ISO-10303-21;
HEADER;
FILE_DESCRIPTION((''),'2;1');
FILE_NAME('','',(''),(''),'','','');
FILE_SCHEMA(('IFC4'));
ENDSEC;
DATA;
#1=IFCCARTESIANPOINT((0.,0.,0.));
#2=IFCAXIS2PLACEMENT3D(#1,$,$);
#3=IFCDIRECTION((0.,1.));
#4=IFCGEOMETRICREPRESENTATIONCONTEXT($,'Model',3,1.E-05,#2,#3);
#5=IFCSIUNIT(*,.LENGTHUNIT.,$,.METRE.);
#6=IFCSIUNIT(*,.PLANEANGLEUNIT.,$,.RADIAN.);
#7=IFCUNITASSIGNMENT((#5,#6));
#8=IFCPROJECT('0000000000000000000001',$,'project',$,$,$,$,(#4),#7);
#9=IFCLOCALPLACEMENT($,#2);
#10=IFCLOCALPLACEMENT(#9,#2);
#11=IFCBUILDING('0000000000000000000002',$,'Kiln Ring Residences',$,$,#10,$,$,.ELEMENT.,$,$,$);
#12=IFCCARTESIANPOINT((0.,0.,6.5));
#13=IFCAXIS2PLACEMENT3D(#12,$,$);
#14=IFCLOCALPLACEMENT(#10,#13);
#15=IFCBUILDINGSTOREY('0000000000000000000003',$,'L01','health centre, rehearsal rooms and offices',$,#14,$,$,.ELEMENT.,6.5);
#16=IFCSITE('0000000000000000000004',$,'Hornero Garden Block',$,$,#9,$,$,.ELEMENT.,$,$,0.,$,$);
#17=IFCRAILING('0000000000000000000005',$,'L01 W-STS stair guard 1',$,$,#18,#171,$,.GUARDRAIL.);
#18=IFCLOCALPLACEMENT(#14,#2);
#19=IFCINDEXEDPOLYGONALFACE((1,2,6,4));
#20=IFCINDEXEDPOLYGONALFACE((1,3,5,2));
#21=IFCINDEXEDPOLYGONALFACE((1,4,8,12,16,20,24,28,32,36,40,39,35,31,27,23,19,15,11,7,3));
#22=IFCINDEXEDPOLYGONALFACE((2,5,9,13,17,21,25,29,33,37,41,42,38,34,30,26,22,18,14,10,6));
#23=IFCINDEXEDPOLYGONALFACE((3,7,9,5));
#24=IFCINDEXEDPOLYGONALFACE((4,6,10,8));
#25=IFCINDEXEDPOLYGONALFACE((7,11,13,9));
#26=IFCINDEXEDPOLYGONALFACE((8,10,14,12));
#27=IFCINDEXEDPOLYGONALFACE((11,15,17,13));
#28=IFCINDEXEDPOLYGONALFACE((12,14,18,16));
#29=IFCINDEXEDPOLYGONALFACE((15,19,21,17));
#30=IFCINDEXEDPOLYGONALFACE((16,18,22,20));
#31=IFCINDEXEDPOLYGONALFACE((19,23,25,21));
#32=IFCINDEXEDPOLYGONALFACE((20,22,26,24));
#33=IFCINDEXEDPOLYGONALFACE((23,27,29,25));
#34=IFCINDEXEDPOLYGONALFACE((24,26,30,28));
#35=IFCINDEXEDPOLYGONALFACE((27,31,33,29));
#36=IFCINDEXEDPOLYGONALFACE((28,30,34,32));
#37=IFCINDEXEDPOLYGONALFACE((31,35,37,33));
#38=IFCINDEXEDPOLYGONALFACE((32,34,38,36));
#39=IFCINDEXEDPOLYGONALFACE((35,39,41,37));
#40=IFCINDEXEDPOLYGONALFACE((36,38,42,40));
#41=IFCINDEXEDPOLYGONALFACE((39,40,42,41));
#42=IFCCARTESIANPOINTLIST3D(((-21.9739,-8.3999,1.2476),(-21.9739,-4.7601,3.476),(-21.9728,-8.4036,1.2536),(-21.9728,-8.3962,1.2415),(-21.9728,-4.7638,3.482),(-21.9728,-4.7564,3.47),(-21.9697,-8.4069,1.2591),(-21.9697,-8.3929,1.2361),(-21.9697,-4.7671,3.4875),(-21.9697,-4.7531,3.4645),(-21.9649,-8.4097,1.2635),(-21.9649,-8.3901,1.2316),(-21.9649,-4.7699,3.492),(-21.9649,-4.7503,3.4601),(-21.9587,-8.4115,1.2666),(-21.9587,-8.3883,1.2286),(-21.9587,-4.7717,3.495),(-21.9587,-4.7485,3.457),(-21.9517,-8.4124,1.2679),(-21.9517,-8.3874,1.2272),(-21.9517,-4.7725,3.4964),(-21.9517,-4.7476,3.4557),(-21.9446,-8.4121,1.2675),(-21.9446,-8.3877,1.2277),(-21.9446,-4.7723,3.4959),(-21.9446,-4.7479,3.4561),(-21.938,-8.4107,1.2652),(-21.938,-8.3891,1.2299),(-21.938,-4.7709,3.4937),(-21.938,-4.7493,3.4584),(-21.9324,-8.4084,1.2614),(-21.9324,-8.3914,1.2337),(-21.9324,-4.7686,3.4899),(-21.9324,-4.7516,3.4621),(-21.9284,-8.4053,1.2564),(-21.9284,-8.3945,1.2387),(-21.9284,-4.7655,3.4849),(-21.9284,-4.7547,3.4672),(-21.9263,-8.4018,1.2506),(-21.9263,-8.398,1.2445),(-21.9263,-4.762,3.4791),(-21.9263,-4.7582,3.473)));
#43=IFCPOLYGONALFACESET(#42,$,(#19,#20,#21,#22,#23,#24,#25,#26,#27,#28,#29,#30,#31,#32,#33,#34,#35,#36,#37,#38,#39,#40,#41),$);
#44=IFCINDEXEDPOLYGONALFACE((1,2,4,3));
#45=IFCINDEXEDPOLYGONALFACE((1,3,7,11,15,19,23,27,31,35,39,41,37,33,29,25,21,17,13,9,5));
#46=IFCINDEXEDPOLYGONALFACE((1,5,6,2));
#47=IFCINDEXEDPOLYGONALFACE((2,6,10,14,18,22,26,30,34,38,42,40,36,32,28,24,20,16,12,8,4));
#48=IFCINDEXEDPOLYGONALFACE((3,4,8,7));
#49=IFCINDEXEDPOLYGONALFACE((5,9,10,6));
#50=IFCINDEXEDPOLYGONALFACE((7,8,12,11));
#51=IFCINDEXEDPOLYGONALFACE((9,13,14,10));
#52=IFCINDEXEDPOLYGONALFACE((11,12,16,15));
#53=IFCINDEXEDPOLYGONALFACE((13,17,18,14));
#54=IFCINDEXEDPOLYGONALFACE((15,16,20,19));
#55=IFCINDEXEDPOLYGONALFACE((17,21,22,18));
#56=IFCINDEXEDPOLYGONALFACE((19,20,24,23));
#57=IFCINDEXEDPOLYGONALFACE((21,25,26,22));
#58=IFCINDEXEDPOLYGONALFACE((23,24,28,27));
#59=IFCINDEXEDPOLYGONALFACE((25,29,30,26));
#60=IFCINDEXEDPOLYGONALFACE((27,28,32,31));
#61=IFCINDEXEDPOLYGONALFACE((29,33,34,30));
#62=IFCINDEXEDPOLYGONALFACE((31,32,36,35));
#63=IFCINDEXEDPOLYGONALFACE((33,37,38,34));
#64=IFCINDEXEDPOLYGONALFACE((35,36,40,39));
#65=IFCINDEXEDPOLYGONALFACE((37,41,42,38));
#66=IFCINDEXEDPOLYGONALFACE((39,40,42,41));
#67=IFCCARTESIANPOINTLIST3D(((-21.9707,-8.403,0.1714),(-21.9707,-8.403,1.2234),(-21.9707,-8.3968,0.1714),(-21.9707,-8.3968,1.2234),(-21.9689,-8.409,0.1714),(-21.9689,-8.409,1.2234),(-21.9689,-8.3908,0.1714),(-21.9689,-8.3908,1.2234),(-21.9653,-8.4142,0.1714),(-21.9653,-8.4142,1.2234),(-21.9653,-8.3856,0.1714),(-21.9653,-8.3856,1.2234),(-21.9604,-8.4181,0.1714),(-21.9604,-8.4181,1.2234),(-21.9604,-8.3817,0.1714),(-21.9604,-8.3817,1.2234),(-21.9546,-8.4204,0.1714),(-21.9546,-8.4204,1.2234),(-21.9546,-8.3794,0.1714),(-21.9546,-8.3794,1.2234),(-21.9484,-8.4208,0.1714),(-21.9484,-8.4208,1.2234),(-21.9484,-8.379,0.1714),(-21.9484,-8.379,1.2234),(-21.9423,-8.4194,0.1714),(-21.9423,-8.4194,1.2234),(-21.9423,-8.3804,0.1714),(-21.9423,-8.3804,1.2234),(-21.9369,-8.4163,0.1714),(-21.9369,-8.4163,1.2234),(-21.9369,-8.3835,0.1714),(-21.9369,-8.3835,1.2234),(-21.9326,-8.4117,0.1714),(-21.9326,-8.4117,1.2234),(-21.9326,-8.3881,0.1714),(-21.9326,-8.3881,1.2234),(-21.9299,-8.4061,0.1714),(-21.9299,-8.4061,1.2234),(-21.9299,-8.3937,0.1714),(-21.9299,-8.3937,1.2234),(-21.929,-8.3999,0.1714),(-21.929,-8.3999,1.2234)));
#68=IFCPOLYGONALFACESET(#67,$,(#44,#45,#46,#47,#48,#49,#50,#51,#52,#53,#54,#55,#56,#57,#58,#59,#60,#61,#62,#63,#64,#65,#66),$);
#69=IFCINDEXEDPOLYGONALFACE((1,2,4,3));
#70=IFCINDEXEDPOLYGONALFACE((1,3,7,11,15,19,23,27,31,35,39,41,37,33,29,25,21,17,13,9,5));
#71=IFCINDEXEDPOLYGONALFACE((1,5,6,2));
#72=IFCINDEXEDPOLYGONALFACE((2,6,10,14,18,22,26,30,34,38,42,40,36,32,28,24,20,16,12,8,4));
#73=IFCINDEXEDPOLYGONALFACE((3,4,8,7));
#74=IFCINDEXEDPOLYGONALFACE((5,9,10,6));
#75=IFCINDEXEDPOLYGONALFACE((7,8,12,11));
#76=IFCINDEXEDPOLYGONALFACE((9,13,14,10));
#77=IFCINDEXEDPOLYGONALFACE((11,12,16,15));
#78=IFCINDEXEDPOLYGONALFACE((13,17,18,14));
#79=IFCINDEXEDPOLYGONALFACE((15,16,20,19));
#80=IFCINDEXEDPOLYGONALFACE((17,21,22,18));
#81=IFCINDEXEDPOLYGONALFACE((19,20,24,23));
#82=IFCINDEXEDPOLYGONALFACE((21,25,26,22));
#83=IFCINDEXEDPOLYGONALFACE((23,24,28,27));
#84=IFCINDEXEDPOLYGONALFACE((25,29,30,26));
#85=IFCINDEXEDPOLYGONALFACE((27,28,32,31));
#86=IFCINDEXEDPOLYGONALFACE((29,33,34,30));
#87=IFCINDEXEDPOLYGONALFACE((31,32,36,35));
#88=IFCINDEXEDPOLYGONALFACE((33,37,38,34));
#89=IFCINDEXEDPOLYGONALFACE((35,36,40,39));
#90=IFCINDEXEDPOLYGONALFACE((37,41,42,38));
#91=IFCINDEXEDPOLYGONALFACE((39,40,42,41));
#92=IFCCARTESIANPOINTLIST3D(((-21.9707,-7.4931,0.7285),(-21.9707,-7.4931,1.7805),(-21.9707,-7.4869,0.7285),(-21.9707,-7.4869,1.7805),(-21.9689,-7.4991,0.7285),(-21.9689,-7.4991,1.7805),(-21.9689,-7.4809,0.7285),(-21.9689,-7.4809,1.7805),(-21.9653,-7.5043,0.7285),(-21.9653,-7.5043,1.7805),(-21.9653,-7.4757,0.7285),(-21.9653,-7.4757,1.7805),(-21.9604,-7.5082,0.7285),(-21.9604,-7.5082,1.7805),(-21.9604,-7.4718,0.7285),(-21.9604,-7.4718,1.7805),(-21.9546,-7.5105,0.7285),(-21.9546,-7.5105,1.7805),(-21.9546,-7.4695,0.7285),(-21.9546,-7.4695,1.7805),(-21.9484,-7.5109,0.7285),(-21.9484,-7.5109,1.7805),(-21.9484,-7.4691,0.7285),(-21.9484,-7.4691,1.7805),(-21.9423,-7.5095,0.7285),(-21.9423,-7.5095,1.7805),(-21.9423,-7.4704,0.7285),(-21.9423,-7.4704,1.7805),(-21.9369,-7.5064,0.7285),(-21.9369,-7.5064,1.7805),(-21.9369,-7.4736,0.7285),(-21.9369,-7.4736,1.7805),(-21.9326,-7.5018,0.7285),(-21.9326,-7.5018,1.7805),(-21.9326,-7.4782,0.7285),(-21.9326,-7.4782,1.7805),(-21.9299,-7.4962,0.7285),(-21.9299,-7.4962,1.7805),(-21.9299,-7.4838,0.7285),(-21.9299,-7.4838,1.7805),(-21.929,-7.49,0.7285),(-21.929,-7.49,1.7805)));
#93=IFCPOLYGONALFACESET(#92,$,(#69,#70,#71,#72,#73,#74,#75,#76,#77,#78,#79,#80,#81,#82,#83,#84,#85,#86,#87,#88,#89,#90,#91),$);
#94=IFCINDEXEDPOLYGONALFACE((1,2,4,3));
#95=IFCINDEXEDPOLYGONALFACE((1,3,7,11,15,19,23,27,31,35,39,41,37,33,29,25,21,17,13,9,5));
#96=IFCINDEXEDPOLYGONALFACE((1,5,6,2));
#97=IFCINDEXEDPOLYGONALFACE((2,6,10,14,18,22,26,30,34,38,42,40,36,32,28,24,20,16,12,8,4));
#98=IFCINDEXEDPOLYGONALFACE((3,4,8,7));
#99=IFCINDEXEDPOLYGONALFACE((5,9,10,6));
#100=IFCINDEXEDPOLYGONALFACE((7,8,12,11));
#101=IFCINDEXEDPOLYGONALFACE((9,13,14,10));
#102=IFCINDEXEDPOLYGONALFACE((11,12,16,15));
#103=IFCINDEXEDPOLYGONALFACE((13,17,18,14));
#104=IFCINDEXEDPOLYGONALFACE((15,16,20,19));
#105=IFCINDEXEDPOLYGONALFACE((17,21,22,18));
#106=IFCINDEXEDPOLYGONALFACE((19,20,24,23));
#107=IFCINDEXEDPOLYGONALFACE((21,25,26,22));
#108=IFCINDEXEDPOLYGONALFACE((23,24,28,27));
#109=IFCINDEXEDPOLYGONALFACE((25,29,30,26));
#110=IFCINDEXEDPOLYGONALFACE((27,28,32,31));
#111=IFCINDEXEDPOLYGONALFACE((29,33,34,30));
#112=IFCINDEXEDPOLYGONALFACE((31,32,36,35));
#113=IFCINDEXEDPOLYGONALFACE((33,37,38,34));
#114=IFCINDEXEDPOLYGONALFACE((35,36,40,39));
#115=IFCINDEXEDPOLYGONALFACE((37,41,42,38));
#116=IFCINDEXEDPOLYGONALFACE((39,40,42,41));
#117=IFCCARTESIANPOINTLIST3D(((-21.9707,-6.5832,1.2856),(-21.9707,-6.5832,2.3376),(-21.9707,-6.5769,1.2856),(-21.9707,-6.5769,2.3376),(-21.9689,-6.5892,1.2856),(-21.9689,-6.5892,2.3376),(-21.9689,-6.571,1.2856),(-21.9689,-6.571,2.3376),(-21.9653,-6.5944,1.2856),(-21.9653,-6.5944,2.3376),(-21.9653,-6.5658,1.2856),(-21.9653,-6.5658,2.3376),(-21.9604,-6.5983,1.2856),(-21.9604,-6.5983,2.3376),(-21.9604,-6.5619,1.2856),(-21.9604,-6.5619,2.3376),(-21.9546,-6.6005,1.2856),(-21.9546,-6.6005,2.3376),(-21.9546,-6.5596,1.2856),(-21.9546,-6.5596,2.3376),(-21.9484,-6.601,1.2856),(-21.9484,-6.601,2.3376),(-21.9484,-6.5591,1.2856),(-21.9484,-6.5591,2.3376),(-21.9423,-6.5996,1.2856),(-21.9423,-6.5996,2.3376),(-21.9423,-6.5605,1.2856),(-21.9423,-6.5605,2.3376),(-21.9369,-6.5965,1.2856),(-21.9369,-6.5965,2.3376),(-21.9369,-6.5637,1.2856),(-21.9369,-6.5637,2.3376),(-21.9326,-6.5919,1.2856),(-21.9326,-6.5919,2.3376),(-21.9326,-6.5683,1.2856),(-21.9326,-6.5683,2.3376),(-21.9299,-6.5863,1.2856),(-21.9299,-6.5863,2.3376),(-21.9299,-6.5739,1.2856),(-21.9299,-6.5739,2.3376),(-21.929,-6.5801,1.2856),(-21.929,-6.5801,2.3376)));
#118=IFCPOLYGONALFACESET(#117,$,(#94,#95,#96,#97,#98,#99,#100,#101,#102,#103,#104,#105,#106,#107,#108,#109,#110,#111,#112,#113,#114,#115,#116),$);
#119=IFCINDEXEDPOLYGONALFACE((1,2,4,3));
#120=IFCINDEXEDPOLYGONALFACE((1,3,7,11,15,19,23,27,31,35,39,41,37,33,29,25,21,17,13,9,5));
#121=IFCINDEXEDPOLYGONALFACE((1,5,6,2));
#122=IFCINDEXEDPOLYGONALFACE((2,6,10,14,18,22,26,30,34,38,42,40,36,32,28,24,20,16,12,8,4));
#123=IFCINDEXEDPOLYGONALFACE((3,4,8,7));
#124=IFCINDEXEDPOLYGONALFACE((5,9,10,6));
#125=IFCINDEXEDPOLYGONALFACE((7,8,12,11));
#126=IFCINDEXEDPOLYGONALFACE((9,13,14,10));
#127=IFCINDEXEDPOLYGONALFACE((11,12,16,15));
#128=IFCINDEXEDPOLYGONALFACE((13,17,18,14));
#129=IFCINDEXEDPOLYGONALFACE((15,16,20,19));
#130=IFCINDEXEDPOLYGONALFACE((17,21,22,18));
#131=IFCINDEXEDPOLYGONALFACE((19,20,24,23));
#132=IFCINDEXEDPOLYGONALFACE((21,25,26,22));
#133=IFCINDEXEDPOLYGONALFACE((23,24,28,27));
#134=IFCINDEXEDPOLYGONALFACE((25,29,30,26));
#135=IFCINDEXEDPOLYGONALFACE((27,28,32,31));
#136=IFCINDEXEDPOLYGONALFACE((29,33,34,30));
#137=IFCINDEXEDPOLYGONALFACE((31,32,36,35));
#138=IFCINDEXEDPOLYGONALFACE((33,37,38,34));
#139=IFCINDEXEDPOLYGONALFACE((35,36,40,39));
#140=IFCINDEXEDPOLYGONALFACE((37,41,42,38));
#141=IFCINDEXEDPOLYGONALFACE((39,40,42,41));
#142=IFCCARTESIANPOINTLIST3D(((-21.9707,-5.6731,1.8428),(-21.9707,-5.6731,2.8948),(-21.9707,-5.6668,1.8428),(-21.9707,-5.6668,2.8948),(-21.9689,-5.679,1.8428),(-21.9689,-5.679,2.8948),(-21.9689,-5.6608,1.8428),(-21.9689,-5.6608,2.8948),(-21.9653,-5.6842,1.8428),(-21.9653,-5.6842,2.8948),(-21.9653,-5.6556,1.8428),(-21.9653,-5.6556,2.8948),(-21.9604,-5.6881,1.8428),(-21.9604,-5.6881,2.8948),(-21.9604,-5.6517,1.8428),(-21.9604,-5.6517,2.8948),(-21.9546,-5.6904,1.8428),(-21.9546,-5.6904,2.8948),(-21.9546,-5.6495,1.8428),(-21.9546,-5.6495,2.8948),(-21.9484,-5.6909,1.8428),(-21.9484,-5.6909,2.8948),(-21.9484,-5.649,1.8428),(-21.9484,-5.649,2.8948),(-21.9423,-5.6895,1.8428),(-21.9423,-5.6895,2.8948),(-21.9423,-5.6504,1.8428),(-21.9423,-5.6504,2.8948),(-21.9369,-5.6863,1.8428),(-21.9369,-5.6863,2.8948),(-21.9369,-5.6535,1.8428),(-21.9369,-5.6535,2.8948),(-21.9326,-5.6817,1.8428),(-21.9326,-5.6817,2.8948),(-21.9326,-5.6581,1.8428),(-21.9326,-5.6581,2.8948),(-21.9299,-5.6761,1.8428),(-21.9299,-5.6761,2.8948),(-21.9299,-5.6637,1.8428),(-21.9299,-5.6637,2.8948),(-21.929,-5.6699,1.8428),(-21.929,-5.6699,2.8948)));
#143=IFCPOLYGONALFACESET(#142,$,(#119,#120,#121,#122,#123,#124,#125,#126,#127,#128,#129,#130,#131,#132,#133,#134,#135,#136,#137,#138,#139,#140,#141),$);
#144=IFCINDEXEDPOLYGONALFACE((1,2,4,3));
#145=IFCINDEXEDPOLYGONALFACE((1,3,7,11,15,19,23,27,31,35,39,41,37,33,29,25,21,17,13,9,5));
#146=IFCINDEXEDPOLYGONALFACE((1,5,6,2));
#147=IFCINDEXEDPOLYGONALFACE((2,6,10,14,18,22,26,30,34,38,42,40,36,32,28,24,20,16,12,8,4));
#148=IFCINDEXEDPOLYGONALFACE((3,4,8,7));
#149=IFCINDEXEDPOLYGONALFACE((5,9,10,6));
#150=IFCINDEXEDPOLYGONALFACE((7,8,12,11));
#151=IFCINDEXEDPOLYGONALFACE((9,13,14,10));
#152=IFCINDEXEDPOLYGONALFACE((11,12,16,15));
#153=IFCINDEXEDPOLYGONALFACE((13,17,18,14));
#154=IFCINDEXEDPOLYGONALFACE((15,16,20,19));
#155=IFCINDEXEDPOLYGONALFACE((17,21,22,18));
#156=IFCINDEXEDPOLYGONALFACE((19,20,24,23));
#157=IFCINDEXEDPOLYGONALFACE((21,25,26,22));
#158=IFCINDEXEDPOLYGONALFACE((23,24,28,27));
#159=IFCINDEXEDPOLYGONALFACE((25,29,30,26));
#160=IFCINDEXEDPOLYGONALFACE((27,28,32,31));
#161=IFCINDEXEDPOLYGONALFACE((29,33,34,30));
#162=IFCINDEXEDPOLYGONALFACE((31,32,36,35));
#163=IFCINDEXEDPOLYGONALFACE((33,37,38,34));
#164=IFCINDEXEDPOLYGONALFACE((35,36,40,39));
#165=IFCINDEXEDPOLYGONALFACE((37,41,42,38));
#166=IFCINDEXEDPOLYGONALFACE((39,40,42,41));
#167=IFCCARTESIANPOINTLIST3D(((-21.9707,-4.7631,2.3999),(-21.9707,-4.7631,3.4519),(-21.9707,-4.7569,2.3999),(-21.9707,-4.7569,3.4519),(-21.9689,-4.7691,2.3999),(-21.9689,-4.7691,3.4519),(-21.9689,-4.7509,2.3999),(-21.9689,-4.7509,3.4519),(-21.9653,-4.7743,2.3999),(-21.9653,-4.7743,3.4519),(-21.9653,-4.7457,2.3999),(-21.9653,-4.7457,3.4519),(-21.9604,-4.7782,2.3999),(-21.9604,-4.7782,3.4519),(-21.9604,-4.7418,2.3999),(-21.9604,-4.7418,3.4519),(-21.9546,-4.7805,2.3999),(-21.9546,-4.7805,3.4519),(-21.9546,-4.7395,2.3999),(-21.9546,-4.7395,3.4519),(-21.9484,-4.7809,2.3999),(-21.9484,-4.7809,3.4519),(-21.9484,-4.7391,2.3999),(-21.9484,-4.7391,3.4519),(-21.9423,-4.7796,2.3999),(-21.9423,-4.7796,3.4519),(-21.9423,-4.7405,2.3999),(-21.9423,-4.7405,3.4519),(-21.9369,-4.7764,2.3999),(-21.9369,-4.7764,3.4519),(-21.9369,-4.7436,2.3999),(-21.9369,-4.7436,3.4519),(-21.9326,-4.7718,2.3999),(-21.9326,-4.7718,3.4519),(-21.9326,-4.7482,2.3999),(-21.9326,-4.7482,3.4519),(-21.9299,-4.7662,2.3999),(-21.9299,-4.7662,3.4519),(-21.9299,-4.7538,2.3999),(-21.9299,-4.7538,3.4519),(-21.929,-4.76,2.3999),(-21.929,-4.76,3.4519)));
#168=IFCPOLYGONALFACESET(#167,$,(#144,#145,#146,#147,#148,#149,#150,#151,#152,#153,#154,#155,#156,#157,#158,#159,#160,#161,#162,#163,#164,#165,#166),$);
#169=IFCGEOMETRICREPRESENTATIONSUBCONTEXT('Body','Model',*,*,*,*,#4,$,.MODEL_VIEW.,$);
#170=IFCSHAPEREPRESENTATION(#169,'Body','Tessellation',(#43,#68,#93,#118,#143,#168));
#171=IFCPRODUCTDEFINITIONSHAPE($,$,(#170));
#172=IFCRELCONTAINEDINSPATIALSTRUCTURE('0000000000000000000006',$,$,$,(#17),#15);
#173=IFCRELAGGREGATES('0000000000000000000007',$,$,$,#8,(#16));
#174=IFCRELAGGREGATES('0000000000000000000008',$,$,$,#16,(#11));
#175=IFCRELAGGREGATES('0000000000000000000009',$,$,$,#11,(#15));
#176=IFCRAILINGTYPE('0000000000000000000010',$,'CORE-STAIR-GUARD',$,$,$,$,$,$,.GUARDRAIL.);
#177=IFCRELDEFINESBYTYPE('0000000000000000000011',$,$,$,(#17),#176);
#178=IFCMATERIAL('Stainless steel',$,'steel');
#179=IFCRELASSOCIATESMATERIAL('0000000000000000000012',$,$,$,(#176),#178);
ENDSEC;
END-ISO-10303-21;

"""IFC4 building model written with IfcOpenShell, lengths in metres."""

from ifc_helpers import new_model, si_unit, direction, frame, origin, origin_2d, place, context, subcontext, project, spatial, circle, extrude, material, type_object, element, save


model = new_model("IFC4")

# Units and contexts
model_context = context("Model", 3, precision=1e-05, world=origin(), true_north=direction((0.0, 1.0)))
body_context = subcontext(model_context, "Body", "Model", "MODEL_VIEW")
ifc_project = project(units=[si_unit("LENGTHUNIT", "METRE"), si_unit("PLANEANGLEUNIT", "RADIAN")], contexts=[model_context])

# Site, building, storey
site_placement = place(None, origin())
site = spatial("IfcSite", under=ifc_project, at=site_placement, Name="Hornero Garden Block", CompositionType="ELEMENT", RefElevation=0.0)
building_placement = place(site_placement, origin())
building = spatial("IfcBuilding", under=site, at=building_placement, Name="Kiln Ring Residences", CompositionType="ELEMENT")
storey_placement = place(building_placement, frame((0.0, 0.0, 6.5)))
storey = spatial("IfcBuildingStorey", under=building, at=storey_placement, Name="L01", Description="health centre, rehearsal rooms and offices", CompositionType="ELEMENT", Elevation=6.5)

# Railing
ifc_material_1 = material(Name="Stainless steel", Category="steel")
railing_type_1 = type_object("IfcRailingType", Name="CORE-STAIR-GUARD", PredefinedType="GUARDRAIL", material=ifc_material_1)
railing_1_placement = place(storey_placement, frame((-21.95, -8.3999, 0.1714)))
element("IfcRailing", 1, at=railing_1_placement, inside=storey, type_object=railing_type_1, Name="L01 W-STS stair guard 1", PredefinedType="GUARDRAIL", context=body_context, shape_type="SweptSolid", body=[
    extrude(circle(Radius=0.0239, at=origin_2d()), frame((0.0, 0.0, 1.0762), z_axis=(0.0, 0.85285, 0.522156), x_axis=(-1.0, 0.0, 0.0)), (0.0, 0.0, 1.0), 4.2678),
    extrude(circle(Radius=0.021, at=origin_2d()), origin(), (0.0, 0.0, 1.0), 1.052),
    extrude(circle(Radius=0.021, at=origin_2d()), frame((0.0, 0.9099, 0.5571)), (0.0, 0.0, 1.0), 1.052),
    extrude(circle(Radius=0.021, at=origin_2d()), frame((0.0, 1.8198, 1.1143)), (0.0, 0.0, 1.0), 1.052),
    extrude(circle(Radius=0.021, at=origin_2d()), frame((0.0, 2.73, 1.6714)), (0.0, 0.0, 1.0), 1.052),
    extrude(circle(Radius=0.021, at=origin_2d()), frame((0.0, 3.6399, 2.2285)), (0.0, 0.0, 1.0), 1.052),
])

save(model, "model.ifc")
